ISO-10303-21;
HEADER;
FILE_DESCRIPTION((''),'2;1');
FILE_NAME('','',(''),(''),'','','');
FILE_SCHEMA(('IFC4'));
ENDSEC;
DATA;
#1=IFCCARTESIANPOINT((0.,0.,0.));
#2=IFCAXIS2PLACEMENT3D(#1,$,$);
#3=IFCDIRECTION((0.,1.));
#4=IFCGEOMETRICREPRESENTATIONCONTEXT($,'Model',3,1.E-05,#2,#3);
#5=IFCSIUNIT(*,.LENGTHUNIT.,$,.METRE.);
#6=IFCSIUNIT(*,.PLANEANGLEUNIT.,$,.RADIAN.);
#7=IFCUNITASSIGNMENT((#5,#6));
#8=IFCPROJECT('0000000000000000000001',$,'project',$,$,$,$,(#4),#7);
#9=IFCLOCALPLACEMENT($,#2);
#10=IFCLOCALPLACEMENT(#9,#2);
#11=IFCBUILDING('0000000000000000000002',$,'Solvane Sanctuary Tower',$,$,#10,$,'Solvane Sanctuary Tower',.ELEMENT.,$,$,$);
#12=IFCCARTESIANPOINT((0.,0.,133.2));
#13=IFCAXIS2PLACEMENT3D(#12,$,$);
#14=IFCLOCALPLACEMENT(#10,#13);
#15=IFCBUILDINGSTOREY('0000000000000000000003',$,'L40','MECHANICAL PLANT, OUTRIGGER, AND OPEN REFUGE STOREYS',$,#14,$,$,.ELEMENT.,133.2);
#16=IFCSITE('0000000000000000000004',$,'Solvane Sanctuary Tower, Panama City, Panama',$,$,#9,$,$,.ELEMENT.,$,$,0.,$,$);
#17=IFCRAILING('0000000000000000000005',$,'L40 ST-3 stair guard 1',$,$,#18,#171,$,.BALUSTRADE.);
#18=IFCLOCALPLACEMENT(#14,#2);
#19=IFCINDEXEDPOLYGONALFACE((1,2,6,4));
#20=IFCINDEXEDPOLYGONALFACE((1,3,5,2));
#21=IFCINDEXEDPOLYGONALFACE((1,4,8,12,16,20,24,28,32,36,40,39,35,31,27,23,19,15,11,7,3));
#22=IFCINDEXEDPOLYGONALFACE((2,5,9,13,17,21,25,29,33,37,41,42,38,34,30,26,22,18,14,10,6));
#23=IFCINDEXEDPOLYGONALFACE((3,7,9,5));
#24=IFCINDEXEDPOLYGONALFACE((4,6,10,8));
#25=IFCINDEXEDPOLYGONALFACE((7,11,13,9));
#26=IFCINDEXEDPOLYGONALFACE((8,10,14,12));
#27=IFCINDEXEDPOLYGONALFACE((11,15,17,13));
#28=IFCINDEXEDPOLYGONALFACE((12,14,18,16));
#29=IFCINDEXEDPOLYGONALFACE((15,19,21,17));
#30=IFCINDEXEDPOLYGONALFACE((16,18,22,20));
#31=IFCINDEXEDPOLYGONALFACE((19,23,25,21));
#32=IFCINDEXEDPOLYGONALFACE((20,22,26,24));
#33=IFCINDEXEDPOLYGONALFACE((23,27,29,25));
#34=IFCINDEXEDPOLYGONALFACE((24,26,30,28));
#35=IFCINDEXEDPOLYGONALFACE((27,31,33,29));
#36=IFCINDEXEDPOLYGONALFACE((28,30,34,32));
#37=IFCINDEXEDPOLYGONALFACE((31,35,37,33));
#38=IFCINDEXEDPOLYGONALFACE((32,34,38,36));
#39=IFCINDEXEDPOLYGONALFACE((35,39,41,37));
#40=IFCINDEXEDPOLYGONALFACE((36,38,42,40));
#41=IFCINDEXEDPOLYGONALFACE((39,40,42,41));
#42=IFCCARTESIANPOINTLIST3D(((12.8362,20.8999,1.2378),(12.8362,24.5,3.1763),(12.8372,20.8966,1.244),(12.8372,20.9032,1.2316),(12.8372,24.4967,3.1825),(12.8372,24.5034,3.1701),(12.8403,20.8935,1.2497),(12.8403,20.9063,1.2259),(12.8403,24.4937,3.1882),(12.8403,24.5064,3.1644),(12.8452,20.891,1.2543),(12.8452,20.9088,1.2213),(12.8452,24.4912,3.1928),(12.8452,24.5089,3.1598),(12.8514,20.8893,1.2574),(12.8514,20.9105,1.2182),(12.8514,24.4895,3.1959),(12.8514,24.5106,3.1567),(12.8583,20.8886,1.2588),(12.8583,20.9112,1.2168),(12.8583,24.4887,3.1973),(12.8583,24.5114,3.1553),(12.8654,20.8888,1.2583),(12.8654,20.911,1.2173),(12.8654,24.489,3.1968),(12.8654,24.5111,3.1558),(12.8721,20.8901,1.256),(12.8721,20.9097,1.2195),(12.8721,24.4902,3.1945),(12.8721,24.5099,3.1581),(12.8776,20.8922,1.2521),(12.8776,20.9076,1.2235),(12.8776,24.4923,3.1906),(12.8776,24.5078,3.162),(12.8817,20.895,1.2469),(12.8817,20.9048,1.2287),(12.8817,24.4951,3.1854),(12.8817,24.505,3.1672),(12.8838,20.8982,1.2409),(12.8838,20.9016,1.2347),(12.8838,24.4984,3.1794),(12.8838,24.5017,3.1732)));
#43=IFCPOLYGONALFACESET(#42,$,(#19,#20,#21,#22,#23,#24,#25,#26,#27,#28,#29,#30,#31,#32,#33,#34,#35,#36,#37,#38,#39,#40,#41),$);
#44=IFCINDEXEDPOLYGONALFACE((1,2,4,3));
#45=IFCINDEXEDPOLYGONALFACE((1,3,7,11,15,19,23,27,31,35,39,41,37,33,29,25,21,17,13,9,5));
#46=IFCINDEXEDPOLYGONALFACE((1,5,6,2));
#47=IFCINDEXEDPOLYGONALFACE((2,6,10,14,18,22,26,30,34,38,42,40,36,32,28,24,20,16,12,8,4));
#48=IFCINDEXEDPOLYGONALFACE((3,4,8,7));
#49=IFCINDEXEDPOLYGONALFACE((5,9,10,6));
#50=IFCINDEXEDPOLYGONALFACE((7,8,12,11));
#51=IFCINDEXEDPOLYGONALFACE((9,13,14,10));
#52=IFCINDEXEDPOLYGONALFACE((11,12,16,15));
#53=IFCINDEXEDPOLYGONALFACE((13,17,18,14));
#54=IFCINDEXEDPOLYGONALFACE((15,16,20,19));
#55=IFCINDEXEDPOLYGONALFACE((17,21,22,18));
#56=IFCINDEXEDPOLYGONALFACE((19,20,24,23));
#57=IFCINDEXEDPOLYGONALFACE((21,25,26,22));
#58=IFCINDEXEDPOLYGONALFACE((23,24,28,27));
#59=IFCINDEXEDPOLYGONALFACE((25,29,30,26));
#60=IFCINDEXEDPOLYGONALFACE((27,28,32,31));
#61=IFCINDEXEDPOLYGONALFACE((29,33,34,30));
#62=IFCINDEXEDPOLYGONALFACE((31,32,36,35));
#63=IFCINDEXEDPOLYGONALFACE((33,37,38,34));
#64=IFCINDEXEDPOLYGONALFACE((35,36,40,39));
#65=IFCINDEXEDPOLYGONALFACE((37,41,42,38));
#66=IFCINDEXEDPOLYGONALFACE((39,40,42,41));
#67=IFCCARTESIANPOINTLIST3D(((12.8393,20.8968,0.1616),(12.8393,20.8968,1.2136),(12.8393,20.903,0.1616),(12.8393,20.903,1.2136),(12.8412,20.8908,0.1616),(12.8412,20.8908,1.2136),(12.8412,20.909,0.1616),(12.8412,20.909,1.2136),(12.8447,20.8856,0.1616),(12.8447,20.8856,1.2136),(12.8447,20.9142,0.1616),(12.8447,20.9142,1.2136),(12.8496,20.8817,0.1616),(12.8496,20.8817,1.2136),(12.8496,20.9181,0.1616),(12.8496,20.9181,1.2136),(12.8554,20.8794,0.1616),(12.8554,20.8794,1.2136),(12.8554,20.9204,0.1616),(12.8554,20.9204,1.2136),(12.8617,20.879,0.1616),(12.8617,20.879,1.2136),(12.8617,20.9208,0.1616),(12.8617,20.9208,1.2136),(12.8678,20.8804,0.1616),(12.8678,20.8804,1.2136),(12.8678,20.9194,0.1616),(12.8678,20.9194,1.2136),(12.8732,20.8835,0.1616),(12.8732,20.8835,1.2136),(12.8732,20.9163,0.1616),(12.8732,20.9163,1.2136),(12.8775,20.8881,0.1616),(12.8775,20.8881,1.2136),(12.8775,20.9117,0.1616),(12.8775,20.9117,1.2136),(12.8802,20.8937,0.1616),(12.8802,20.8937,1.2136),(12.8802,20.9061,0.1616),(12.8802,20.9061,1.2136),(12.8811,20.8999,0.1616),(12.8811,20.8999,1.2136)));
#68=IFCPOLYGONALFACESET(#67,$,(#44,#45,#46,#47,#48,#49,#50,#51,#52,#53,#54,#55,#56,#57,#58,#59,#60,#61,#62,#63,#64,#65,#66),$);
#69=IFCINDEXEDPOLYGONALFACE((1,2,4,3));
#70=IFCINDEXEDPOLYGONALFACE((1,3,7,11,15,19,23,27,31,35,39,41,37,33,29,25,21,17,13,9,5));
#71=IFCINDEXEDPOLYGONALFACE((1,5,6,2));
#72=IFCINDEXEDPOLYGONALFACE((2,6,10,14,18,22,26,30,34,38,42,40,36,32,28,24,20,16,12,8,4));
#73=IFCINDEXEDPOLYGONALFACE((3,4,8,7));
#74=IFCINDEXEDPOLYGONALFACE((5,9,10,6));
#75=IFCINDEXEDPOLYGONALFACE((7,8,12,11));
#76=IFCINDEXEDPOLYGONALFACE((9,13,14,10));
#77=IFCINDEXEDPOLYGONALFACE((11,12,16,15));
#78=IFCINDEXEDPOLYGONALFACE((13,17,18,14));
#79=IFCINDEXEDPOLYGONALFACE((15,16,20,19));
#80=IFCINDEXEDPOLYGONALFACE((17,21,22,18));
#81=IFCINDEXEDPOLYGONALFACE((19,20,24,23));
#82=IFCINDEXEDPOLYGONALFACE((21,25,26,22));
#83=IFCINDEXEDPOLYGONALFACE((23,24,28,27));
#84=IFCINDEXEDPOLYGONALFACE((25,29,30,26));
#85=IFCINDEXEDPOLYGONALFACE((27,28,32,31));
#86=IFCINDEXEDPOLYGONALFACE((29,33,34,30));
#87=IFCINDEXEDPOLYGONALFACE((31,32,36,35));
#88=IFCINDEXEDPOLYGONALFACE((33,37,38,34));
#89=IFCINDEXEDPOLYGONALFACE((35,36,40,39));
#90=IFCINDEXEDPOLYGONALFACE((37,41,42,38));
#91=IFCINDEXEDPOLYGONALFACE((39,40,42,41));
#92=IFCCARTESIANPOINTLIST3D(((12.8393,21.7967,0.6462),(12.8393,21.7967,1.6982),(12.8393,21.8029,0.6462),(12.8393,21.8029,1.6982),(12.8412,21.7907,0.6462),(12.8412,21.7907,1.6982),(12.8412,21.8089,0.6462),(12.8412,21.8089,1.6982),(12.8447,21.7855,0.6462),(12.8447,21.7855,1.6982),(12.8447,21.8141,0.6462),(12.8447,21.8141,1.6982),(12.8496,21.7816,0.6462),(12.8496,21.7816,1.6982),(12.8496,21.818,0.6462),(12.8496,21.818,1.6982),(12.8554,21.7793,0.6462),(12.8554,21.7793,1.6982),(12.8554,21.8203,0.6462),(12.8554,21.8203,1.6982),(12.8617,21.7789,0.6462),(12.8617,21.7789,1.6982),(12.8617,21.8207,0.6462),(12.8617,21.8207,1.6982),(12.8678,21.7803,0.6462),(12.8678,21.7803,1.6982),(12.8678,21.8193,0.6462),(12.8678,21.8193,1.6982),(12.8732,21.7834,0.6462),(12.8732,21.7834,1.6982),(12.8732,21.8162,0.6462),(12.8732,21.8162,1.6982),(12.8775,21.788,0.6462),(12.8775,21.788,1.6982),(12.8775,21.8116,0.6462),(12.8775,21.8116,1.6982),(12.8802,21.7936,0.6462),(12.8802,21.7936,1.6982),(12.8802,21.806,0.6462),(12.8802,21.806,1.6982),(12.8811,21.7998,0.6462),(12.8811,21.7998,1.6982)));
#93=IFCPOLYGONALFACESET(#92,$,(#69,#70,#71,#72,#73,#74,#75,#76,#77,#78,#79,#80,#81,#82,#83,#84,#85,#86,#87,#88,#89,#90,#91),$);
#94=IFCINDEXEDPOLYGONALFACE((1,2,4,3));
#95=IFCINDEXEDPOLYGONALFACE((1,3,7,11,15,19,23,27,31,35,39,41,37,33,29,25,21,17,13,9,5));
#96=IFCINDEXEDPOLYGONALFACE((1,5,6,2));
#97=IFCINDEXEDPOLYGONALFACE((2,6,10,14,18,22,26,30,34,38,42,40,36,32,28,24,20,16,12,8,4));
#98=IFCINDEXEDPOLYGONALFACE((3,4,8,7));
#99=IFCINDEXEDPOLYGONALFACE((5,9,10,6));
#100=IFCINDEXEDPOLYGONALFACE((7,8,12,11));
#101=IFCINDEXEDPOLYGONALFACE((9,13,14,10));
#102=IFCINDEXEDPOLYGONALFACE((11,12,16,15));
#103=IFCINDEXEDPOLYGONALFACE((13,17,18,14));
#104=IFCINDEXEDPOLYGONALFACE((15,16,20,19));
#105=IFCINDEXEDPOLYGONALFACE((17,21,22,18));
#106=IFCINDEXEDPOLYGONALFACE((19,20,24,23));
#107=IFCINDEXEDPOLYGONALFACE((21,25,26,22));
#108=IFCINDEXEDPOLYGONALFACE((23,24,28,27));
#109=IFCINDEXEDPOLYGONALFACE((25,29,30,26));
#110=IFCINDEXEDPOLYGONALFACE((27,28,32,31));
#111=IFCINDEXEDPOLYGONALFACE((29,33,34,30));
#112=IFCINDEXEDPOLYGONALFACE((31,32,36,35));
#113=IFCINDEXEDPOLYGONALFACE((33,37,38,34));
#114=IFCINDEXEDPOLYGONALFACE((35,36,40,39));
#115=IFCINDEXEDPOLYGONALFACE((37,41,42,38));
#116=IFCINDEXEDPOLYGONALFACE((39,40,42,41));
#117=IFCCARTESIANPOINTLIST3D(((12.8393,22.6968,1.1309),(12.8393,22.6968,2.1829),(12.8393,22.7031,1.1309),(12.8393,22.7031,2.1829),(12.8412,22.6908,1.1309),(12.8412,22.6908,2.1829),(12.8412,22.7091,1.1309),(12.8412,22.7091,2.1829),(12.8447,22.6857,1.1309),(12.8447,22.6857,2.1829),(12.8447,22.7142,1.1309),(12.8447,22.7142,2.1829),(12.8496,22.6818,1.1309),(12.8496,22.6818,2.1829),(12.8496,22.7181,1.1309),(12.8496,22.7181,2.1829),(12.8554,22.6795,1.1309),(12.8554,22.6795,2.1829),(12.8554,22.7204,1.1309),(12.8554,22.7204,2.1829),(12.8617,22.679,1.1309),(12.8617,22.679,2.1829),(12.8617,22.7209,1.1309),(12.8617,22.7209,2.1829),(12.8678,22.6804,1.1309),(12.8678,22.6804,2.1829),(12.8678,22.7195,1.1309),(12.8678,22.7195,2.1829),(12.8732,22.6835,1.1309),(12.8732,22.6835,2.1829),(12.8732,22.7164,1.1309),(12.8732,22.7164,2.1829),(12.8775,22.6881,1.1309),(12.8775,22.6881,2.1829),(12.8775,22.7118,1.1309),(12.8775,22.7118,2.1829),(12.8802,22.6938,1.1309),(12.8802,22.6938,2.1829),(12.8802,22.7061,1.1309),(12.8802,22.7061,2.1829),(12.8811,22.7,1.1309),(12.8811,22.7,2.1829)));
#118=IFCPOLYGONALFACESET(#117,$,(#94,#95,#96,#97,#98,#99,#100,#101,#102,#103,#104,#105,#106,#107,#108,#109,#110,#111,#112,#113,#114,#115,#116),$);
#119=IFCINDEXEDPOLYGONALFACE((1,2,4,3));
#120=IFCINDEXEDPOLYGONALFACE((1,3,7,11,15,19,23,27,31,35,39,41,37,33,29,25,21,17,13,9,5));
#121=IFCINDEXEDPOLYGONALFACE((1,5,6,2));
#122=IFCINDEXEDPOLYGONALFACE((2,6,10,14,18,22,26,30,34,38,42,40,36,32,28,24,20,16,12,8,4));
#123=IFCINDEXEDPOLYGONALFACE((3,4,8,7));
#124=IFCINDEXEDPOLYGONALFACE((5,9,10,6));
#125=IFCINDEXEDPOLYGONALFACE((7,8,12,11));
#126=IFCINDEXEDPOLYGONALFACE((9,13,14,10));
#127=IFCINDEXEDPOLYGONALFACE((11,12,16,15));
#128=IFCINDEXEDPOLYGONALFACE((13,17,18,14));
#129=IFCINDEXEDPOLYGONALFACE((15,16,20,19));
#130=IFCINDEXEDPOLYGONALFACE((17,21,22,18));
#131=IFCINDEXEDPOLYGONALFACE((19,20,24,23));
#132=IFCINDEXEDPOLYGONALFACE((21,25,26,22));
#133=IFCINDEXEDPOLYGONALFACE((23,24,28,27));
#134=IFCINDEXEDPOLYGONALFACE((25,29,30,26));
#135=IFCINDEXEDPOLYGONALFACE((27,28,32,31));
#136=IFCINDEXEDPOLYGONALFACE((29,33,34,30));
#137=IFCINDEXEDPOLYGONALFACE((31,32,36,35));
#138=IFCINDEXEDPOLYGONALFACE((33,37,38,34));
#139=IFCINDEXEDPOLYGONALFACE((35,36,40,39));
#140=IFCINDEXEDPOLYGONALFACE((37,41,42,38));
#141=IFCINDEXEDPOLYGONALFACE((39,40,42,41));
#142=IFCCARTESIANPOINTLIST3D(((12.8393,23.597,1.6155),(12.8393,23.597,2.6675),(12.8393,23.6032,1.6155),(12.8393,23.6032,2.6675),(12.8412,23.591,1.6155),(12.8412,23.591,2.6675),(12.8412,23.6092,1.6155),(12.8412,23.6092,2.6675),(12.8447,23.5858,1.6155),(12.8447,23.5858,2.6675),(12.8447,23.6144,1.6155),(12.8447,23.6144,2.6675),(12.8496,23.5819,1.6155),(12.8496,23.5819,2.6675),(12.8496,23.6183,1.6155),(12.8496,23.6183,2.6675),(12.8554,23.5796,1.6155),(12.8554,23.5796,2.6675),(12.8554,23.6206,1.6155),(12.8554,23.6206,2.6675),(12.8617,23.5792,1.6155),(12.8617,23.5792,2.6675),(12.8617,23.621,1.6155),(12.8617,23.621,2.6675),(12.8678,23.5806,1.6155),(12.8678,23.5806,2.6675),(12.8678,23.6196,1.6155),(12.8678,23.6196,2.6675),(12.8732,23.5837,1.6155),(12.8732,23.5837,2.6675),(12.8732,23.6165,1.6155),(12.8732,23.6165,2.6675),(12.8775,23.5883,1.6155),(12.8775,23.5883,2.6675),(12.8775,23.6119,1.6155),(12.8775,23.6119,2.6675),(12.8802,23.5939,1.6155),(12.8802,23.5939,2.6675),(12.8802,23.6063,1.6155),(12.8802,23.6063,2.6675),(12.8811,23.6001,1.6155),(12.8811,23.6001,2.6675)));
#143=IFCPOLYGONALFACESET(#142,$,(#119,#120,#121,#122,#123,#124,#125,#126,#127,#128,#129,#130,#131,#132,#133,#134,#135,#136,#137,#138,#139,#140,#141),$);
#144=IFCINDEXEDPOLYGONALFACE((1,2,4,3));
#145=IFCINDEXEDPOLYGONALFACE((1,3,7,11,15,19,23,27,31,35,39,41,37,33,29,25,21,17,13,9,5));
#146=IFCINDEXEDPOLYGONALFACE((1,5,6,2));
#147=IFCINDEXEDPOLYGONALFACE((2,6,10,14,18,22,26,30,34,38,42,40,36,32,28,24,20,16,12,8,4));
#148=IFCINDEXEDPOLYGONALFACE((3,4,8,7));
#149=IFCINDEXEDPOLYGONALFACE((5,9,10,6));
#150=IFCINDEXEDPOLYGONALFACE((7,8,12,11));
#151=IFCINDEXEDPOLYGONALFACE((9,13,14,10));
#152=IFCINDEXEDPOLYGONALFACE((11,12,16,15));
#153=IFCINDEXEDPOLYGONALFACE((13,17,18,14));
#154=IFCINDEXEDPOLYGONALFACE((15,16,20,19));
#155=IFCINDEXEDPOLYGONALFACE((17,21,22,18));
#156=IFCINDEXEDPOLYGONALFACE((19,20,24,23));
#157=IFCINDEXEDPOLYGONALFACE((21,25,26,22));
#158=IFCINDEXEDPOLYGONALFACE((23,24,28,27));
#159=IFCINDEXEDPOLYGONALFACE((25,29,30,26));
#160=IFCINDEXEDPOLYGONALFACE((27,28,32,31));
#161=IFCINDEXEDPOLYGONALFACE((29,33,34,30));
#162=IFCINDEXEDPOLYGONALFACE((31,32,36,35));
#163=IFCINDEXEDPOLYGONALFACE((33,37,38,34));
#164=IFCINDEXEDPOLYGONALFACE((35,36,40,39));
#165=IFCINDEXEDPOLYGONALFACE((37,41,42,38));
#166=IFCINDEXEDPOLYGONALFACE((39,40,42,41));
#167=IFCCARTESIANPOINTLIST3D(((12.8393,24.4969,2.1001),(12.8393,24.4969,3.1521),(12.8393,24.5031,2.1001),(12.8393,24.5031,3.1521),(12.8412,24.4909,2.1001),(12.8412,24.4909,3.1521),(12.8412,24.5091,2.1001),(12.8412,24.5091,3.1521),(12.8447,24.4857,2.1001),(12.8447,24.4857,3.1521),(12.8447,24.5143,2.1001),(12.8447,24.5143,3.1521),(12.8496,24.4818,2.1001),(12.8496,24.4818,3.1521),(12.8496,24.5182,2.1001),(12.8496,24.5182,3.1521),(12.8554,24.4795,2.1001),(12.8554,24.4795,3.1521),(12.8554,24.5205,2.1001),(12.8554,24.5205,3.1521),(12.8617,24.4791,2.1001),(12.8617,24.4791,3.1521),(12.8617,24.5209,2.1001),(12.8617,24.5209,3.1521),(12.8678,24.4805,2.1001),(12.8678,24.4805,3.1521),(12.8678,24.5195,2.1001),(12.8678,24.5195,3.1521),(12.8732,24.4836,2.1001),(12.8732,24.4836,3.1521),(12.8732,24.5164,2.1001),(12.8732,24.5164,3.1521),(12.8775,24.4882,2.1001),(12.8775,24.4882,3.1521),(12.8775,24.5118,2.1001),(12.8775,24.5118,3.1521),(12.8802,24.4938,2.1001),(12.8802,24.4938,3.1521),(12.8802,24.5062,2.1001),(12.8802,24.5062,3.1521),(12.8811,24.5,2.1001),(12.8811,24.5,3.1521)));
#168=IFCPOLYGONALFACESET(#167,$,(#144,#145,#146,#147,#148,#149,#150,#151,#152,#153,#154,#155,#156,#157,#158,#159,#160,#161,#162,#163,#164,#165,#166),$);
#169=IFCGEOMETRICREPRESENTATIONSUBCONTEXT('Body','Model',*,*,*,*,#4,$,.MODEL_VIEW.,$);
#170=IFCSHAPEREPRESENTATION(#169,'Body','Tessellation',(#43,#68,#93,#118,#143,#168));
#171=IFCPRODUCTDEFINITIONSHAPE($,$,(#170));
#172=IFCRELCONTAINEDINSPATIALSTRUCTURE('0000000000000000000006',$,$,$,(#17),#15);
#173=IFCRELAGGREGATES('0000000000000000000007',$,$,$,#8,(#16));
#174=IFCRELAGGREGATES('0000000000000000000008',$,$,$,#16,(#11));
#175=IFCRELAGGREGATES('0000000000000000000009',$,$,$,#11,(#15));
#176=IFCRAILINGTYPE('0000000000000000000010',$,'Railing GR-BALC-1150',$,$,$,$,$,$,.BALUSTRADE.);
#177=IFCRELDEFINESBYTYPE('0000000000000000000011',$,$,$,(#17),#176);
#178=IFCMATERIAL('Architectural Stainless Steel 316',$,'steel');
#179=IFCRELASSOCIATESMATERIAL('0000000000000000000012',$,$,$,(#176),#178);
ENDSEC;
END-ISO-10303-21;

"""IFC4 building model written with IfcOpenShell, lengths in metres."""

from ifc_helpers import new_model, si_unit, direction, frame, origin, origin_2d, place, context, subcontext, project, spatial, circle, extrude, material, type_object, element, save


model = new_model("IFC4")

# Units and contexts
model_context = context("Model", 3, precision=1e-05, world=origin(), true_north=direction((0.0, 1.0)))
body_context = subcontext(model_context, "Body", "Model", "MODEL_VIEW")
ifc_project = project(units=[si_unit("LENGTHUNIT", "METRE"), si_unit("PLANEANGLEUNIT", "RADIAN")], contexts=[model_context])

# Site, building, storey
site_placement = place(None, origin())
site = spatial("IfcSite", under=ifc_project, at=site_placement, Name="Solvane Sanctuary Tower, Panama City, Panama", CompositionType="ELEMENT", RefElevation=0.0)
building_placement = place(site_placement, origin())
building = spatial("IfcBuilding", under=site, at=building_placement, Name="Solvane Sanctuary Tower", LongName="Solvane Sanctuary Tower", CompositionType="ELEMENT")
storey_placement = place(building_placement, frame((0.0, 0.0, 133.2)))
storey = spatial("IfcBuildingStorey", under=building, at=storey_placement, Name="L40", Description="MECHANICAL PLANT, OUTRIGGER, AND OPEN REFUGE STOREYS", CompositionType="ELEMENT", Elevation=133.2)

# Shared definitions
ifc_material_1 = material(Name="Architectural Stainless Steel 316", Category="steel")

# Railing
railing_type_1 = type_object("IfcRailingType", Name="Railing GR-BALC-1150", PredefinedType="BALUSTRADE", material=ifc_material_1)
railing_1_placement = place(storey_placement, frame((12.8601, 20.8999, 0.1616)))
element("IfcRailing", 1, at=railing_1_placement, inside=storey, type_object=railing_type_1, Name="L40 ST-3 stair guard 1", PredefinedType="BALUSTRADE", context=body_context, shape_type="SweptSolid", body=[
    extrude(circle(Radius=0.0239, at=origin_2d()), frame((0.0, 0.0, 1.0762), z_axis=(0.0, 0.880475, 0.474093), x_axis=(-1.0, 0.0, 0.0)), (0.0, 0.0, 1.0), 4.0889),
    extrude(circle(Radius=0.021, at=origin_2d()), origin(), (0.0, 0.0, 1.0), 1.052),
    extrude(circle(Radius=0.021, at=origin_2d()), frame((0.0, 0.8999, 0.4846)), (0.0, 0.0, 1.0), 1.052),
    extrude(circle(Radius=0.021, at=origin_2d()), frame((0.0, 1.8, 0.9692)), (0.0, 0.0, 1.0), 1.052),
    extrude(circle(Radius=0.021, at=origin_2d()), frame((0.0, 2.7002, 1.4539)), (0.0, 0.0, 1.0), 1.052),
    extrude(circle(Radius=0.021, at=origin_2d()), frame((0.0, 3.6001, 1.9385)), (0.0, 0.0, 1.0), 1.052),
])

save(model, "model.ifc")
